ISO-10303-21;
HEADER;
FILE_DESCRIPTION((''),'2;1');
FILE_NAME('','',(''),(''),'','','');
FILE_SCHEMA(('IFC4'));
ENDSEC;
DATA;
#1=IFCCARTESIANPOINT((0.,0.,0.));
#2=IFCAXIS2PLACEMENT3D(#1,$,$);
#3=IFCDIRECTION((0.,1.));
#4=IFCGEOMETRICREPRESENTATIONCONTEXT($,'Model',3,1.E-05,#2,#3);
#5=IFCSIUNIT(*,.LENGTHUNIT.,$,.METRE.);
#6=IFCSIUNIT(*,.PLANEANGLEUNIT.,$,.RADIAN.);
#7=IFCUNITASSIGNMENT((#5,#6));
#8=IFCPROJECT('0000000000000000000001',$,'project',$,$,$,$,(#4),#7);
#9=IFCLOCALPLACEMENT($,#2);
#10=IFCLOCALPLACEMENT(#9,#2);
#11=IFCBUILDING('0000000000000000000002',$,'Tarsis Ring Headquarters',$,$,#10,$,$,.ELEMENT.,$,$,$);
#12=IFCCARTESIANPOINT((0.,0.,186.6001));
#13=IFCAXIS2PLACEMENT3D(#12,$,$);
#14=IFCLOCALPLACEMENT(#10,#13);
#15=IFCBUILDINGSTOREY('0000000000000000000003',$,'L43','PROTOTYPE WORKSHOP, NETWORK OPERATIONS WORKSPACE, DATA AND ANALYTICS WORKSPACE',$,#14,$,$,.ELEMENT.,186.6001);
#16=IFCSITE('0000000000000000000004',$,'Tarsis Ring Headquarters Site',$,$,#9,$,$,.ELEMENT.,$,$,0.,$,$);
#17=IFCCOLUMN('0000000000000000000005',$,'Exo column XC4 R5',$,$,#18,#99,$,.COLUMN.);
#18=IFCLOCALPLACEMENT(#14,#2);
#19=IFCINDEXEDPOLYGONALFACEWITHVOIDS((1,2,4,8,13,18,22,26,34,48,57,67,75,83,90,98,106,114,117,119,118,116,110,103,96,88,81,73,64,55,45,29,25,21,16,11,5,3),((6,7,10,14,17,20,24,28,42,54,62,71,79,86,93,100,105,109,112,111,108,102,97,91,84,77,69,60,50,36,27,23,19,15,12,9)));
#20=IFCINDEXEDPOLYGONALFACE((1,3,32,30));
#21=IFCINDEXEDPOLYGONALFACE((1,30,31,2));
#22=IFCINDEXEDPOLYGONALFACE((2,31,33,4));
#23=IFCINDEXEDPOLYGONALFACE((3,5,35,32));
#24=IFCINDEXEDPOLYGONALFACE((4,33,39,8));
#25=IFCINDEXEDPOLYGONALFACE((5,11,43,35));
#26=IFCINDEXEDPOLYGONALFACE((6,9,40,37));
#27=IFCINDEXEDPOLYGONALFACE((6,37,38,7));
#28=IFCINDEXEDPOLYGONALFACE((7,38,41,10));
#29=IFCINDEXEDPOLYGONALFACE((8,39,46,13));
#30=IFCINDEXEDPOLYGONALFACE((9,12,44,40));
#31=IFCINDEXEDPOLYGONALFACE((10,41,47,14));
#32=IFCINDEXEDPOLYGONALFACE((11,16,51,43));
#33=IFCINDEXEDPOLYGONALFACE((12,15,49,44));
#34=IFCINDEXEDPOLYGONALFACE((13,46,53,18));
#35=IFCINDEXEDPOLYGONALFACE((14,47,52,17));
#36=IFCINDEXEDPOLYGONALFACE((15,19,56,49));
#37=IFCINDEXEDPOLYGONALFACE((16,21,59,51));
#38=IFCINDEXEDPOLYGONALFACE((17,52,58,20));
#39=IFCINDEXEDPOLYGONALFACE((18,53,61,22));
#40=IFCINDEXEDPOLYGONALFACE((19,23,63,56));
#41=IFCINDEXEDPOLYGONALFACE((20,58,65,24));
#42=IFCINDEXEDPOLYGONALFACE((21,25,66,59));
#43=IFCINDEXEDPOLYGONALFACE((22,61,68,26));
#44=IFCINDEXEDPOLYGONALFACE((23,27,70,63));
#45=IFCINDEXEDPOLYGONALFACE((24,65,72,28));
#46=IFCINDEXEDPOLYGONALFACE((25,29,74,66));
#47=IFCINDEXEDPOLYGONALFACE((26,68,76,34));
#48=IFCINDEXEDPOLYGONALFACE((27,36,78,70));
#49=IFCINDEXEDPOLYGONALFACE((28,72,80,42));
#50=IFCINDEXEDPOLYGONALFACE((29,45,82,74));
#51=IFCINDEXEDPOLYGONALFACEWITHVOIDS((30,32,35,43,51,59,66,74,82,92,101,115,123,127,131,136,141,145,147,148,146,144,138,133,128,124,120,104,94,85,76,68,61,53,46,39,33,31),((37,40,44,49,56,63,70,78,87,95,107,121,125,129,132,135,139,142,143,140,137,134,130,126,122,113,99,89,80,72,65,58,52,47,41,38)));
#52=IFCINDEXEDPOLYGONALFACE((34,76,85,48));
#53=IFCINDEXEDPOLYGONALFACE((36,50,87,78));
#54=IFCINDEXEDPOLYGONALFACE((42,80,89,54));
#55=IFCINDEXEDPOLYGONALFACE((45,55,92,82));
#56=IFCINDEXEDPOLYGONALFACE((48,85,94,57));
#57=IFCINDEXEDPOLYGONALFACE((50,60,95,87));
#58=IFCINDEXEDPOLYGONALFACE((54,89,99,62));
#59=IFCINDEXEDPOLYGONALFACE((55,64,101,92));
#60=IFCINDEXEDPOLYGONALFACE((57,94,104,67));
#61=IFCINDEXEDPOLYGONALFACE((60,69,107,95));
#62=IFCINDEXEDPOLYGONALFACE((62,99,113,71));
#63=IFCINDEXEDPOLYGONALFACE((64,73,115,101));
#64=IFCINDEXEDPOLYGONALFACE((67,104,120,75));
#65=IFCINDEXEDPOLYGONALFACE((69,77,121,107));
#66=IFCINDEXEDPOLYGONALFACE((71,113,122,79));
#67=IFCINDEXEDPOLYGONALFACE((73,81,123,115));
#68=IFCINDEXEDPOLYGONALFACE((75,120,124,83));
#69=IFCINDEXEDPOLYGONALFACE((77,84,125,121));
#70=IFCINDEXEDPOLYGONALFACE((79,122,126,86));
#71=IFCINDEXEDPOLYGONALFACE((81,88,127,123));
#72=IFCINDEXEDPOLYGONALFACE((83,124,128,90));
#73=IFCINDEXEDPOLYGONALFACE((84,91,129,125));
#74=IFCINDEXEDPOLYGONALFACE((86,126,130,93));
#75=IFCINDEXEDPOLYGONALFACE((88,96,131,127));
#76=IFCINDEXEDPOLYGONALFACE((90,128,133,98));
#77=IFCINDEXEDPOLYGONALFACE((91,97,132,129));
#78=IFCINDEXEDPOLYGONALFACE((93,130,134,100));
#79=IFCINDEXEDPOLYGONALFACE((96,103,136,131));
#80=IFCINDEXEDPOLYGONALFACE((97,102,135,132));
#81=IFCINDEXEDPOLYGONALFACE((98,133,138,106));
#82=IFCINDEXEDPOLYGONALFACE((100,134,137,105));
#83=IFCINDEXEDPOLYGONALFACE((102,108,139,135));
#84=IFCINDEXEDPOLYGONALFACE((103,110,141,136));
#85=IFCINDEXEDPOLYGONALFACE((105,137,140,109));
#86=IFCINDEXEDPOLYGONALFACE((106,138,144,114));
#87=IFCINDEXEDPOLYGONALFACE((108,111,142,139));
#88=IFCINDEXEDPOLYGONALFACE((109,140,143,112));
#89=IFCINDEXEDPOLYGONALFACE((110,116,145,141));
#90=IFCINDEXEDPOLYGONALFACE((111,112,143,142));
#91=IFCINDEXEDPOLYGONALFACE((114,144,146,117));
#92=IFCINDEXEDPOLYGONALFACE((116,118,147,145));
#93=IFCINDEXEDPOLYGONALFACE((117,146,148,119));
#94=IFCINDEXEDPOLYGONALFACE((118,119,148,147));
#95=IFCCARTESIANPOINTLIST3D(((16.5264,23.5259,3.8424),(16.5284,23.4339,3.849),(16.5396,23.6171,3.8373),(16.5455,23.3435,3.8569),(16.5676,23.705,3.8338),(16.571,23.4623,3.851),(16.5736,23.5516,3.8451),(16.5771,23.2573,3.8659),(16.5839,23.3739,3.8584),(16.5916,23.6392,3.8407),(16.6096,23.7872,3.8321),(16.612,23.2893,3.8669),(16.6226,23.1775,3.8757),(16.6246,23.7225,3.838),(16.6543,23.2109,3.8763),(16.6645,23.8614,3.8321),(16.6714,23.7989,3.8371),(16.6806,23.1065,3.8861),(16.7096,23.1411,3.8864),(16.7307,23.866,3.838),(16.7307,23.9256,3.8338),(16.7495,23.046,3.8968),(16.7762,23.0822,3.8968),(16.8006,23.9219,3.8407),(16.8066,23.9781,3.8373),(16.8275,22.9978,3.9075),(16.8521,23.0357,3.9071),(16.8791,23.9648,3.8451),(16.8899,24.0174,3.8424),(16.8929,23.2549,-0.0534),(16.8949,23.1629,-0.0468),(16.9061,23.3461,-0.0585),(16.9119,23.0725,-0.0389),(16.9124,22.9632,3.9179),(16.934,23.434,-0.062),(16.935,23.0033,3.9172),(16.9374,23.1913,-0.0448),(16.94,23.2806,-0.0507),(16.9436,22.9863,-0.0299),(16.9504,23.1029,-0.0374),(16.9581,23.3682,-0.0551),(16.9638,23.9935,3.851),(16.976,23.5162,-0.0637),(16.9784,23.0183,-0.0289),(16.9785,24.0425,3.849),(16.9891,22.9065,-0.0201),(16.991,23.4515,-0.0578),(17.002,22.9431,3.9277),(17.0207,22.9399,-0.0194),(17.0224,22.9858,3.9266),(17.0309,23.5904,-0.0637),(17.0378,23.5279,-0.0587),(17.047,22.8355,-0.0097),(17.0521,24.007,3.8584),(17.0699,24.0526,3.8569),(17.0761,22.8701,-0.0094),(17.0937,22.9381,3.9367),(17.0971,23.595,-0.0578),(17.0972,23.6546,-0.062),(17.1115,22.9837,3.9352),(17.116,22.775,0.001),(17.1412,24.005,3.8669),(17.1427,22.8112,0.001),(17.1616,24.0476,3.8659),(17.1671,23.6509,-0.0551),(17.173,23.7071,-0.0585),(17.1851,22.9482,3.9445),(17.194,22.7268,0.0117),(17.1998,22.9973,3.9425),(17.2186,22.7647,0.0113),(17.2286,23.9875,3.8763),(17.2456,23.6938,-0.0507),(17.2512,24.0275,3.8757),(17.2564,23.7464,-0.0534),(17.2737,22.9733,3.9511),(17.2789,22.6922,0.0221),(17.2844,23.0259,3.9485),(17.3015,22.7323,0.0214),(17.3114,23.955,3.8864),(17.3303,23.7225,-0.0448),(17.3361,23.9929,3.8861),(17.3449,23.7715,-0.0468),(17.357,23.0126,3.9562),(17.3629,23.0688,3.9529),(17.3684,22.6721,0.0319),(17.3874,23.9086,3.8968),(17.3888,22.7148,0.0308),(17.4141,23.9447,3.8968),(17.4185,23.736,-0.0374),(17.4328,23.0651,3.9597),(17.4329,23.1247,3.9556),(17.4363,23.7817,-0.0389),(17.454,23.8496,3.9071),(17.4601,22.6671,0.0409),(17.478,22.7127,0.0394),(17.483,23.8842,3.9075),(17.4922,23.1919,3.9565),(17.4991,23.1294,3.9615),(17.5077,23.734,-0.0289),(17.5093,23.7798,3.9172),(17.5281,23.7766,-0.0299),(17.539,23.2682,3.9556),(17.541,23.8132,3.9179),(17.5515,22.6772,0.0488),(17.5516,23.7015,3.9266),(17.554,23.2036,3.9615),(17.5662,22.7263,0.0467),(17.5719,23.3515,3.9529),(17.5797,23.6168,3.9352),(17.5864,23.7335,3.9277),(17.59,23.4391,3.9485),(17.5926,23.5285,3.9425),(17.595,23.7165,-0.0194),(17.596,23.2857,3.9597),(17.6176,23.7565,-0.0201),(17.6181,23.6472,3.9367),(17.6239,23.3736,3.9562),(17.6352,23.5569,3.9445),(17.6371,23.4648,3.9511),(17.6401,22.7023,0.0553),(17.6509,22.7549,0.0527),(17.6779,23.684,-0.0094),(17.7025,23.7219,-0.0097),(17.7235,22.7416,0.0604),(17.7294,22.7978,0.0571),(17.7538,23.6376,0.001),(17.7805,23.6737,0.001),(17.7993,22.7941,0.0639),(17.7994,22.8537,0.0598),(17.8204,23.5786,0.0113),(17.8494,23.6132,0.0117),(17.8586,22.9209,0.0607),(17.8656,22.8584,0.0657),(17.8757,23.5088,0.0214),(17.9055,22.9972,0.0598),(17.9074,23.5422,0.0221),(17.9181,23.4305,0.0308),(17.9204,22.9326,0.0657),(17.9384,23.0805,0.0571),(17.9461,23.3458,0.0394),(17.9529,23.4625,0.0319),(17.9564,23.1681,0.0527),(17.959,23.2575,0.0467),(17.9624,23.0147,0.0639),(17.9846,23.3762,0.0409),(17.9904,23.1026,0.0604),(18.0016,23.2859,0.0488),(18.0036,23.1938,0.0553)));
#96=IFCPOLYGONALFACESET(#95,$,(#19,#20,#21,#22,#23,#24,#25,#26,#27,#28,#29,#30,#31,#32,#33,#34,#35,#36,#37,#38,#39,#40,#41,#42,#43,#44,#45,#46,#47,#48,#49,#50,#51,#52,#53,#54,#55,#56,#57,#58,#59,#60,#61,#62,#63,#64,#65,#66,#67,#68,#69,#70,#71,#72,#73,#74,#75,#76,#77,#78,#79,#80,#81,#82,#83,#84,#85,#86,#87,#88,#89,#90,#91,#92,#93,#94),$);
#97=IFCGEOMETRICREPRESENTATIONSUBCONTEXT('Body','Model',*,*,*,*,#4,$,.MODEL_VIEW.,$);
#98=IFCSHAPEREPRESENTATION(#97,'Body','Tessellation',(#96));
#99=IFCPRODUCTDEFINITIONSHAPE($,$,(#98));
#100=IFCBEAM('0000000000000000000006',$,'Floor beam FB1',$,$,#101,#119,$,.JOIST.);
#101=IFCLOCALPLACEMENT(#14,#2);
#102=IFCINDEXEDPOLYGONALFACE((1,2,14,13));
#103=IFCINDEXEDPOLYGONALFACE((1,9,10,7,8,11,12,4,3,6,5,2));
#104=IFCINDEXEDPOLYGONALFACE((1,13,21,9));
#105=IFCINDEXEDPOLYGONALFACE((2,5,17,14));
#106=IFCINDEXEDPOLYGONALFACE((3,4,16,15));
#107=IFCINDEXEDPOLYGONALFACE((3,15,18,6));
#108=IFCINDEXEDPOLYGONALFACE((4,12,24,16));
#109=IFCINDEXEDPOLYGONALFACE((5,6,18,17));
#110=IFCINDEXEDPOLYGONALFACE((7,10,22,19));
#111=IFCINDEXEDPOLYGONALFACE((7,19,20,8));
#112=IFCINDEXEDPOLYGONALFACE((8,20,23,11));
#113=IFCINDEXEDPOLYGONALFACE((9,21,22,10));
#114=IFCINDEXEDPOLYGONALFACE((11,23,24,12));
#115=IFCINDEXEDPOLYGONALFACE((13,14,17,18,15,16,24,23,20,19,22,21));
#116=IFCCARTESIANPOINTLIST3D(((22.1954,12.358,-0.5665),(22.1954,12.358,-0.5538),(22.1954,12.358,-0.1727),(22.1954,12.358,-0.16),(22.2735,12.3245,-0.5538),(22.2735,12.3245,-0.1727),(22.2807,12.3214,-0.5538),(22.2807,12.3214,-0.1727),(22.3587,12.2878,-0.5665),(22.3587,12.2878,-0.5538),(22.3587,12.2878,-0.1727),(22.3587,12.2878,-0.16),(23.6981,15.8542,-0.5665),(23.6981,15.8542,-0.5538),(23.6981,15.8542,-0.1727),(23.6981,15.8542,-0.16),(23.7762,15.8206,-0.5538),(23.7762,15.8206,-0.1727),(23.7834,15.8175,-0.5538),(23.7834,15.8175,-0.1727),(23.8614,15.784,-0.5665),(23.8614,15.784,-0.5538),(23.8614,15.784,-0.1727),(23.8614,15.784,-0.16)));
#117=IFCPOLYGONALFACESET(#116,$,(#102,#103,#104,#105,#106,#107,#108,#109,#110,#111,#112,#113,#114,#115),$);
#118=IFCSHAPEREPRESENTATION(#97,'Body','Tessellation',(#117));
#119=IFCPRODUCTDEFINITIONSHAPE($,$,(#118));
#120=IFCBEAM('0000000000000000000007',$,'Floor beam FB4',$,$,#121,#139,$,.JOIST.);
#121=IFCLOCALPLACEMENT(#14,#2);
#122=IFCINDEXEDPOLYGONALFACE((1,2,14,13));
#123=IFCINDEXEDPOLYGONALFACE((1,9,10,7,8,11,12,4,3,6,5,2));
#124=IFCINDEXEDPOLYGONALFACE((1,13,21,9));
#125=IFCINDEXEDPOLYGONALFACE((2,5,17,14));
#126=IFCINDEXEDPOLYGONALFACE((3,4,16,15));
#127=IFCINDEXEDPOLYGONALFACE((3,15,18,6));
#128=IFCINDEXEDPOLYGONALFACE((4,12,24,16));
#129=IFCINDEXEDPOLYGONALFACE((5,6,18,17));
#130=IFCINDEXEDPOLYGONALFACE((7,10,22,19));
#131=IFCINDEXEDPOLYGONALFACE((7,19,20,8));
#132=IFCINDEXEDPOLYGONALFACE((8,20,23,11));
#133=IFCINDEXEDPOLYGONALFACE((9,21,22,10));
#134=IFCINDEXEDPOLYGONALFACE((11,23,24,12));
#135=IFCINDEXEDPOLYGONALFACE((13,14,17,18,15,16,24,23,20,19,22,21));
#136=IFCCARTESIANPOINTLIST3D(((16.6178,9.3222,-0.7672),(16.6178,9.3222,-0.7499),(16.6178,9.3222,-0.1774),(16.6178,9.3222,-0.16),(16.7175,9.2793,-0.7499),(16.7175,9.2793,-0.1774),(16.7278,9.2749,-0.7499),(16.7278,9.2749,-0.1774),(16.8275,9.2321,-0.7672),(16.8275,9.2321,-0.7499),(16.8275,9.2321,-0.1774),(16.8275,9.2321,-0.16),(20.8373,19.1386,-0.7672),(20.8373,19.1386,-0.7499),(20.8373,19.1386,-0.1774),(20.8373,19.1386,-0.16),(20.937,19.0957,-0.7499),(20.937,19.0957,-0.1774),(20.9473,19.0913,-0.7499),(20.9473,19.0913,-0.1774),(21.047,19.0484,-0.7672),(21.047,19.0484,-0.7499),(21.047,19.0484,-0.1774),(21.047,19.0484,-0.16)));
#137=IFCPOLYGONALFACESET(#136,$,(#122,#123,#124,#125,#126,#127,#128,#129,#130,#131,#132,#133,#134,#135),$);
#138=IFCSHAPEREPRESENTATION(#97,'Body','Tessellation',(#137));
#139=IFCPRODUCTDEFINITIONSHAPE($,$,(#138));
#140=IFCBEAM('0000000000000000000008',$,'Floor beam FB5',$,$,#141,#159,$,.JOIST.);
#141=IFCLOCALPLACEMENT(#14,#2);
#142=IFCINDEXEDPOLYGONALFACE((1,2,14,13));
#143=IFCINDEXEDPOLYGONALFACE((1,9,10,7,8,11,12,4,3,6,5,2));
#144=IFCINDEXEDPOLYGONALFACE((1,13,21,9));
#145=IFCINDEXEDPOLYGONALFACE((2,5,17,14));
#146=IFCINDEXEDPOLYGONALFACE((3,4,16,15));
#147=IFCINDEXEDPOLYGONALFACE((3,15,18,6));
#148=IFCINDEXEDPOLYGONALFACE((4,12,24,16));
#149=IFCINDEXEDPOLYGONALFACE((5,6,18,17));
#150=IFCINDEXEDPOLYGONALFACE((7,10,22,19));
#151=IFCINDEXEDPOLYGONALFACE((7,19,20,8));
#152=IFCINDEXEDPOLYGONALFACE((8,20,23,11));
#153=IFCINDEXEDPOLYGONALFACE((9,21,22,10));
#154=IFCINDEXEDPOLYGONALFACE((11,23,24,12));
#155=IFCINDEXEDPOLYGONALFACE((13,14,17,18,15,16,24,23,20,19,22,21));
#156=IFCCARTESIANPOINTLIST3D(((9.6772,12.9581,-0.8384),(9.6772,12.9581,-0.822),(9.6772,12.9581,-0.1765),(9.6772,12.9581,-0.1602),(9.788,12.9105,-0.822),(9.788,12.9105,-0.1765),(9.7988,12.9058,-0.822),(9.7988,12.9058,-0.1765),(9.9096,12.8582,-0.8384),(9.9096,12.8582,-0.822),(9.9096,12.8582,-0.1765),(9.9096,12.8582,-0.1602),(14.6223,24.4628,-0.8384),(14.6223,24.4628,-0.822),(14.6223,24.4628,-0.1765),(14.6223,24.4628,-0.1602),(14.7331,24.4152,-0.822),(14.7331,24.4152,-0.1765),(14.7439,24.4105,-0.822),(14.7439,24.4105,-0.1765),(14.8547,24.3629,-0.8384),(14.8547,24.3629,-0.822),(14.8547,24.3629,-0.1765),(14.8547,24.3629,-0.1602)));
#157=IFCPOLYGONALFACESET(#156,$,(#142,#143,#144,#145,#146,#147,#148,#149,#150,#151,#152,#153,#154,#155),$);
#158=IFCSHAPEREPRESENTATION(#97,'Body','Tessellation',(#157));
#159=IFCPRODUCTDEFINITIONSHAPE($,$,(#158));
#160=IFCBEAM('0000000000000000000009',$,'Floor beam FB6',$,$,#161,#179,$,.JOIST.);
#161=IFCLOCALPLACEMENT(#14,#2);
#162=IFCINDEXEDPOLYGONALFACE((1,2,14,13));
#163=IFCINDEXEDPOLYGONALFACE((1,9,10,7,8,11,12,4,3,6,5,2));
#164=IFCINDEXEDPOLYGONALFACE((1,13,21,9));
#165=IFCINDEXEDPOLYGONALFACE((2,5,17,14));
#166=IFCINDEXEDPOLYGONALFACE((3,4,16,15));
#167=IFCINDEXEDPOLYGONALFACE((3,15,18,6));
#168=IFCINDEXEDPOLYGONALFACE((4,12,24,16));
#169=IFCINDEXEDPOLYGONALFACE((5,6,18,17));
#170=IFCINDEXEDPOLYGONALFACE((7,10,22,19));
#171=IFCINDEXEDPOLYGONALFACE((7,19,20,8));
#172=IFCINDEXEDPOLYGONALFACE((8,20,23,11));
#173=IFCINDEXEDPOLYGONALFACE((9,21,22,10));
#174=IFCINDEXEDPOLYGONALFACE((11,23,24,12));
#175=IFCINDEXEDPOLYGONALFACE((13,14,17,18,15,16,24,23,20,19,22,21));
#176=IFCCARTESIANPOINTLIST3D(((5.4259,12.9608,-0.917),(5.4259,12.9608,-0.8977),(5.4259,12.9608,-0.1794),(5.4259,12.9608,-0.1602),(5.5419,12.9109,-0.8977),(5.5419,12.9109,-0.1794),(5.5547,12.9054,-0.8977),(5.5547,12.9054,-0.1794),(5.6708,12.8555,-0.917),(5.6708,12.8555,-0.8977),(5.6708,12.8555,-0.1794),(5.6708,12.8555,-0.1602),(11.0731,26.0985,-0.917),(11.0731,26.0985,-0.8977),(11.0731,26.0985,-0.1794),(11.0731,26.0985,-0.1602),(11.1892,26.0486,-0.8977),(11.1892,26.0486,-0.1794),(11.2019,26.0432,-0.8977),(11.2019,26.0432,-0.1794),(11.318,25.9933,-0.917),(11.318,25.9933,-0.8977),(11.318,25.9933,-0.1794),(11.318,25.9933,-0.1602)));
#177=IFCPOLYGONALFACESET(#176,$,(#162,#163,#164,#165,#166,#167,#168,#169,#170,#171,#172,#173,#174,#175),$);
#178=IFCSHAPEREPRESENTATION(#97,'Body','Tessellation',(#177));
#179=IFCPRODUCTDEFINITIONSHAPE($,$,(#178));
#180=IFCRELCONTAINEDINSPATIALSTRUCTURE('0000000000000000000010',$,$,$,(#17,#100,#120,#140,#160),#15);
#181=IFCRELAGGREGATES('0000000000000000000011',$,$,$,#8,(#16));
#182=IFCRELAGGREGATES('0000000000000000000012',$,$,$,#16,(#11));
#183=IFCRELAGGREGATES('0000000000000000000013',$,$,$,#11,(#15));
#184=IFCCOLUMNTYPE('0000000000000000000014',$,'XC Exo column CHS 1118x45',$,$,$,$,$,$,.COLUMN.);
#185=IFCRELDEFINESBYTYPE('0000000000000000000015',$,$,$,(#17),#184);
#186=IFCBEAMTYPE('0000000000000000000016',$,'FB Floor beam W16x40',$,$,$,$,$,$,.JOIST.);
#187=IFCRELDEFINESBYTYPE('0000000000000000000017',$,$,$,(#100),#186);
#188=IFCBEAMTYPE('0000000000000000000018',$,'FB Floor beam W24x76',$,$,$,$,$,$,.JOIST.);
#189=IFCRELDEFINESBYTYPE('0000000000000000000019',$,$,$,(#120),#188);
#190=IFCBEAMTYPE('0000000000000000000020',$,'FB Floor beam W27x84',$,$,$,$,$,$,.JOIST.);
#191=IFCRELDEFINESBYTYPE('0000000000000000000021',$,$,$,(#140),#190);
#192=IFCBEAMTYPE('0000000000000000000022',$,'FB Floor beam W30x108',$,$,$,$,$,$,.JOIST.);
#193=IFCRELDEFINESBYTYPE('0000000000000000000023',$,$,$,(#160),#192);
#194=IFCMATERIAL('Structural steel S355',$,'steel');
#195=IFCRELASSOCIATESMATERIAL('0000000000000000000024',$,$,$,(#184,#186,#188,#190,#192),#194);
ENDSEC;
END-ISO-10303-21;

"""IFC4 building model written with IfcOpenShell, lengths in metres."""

from ifc_helpers import new_model, si_unit, direction, frame, origin, origin_2d, place, context, subcontext, project, spatial, hollow_circle, i_section, extrude, material, material_profile, profile_set, type_object, element, save


model = new_model("IFC4")

# Units and contexts
model_context = context("Model", 3, precision=1e-05, world=origin(), true_north=direction((0.0, 1.0)))
body_context = subcontext(model_context, "Body", "Model", "MODEL_VIEW")
ifc_project = project(units=[si_unit("LENGTHUNIT", "METRE"), si_unit("PLANEANGLEUNIT", "RADIAN")], contexts=[model_context])

# Site, building, storey
site_placement = place(None, origin())
site = spatial("IfcSite", under=ifc_project, at=site_placement, Name="Tarsis Ring Headquarters Site", CompositionType="ELEMENT", RefElevation=0.0)
building_placement = place(site_placement, origin())
building = spatial("IfcBuilding", under=site, at=building_placement, Name="Tarsis Ring Headquarters", CompositionType="ELEMENT")
storey_placement = place(building_placement, frame((0.0, 0.0, 186.6001)))
storey = spatial("IfcBuildingStorey", under=building, at=storey_placement, Name="L43", Description="PROTOTYPE WORKSHOP, NETWORK OPERATIONS WORKSPACE, DATA AND ANALYTICS WORKSPACE", CompositionType="ELEMENT", Elevation=186.6001)

# Column
ifc_material_1 = material(Name="Structural steel S355", Category="steel")
ifc_material_profile_1 = material_profile(ifc_material_1, hollow_circle(Radius=0.5588, WallThickness=0.0449, at=origin_2d()), Name="CHS 1118x45")
ifc_profile_set_1 = profile_set([ifc_material_profile_1], Name="Structural steel S355")
column_type = type_object("IfcColumnType", Name="XC Exo column CHS 1118x45", PredefinedType="COLUMN", material=ifc_profile_set_1)
column_placement = place(storey_placement, frame((17.4482, 23.2244, 0.001), z_axis=(-0.093428, 0.069091, 0.993226), x_axis=(-0.594587, -0.804031, 0.0)))
element("IfcColumn", 1, at=column_placement, inside=storey, type_object=column_type, Name="Exo column XC4 R5", PredefinedType="COLUMN", context=body_context, shape_type="SweptSolid", body=[
    extrude(hollow_circle(Radius=0.5588, WallThickness=0.0449, at=origin_2d()), origin(), (0.0, 0.0, 1.0), 3.9224),
])

# Beams
ifc_material_profile_2 = material_profile(ifc_material_1, i_section(OverallWidth=0.1777, OverallDepth=0.4065, WebThickness=0.0078, FlangeThickness=0.0127, at=origin_2d()), Name="W16x40")
ifc_profile_set_2 = profile_set([ifc_material_profile_2], Name="Structural steel S355")
beam_type_1 = type_object("IfcBeamType", Name="FB Floor beam W16x40", PredefinedType="JOIST", material=ifc_profile_set_2)
beam_1_placement = place(storey_placement, frame((23.7798, 15.8191, -0.3633), z_axis=(-0.394887, -0.91873, 0.0), x_axis=(0.91873, -0.394887, 0.0)))
element("IfcBeam", 2, at=beam_1_placement, inside=storey, type_object=beam_type_1, Name="Floor beam FB1", PredefinedType="JOIST", context=body_context, shape_type="SweptSolid", body=[
    extrude(i_section(OverallWidth=0.1777, OverallDepth=0.4065, WebThickness=0.0078, FlangeThickness=0.0127, at=origin_2d()), origin(), (0.0, 0.0, 1.0), 3.8054),
])
ifc_material_profile_3 = material_profile(ifc_material_1, i_section(OverallWidth=0.2283, OverallDepth=0.6072, WebThickness=0.0112, FlangeThickness=0.0173, at=origin_2d()), Name="W24x76")
ifc_profile_set_3 = profile_set([ifc_material_profile_3], Name="Structural steel S355")
beam_type_2 = type_object("IfcBeamType", Name="FB Floor beam W24x76", PredefinedType="JOIST", material=ifc_profile_set_3)
beam_2_placement = place(storey_placement, frame((20.9421, 19.0935, -0.4636), z_axis=(-0.394904, -0.918723, 0.0), x_axis=(0.918723, -0.394904, 0.0)))
element("IfcBeam", 3, at=beam_2_placement, inside=storey, type_object=beam_type_2, Name="Floor beam FB4", PredefinedType="JOIST", context=body_context, shape_type="SweptSolid", body=[
    extrude(i_section(OverallWidth=0.2283, OverallDepth=0.6072, WebThickness=0.0112, FlangeThickness=0.0173, at=origin_2d()), origin(), (0.0, 0.0, 1.0), 10.6848),
])
ifc_material_profile_4 = material_profile(ifc_material_1, i_section(OverallWidth=0.2529, OverallDepth=0.6782, WebThickness=0.0117, FlangeThickness=0.0164, at=origin_2d()), Name="W27x84")
ifc_profile_set_4 = profile_set([ifc_material_profile_4], Name="Structural steel S355")
beam_type_3 = type_object("IfcBeamType", Name="FB Floor beam W27x84", PredefinedType="JOIST", material=ifc_profile_set_4)
beam_3_placement = place(storey_placement, frame((14.7385, 24.4128, -0.4993), z_axis=(-0.394898, -0.918725, 0.0), x_axis=(0.918725, -0.394898, 0.0)))
element("IfcBeam", 4, at=beam_3_placement, inside=storey, type_object=beam_type_3, Name="Floor beam FB5", PredefinedType="JOIST", context=body_context, shape_type="SweptSolid", body=[
    extrude(i_section(OverallWidth=0.2529, OverallDepth=0.6782, WebThickness=0.0117, FlangeThickness=0.0164, at=origin_2d()), origin(), (0.0, 0.0, 1.0), 12.5225),
])
ifc_material_profile_5 = material_profile(ifc_material_1, i_section(OverallWidth=0.2666, OverallDepth=0.7568, WebThickness=0.0139, FlangeThickness=0.0193, at=origin_2d()), Name="W30x108")
ifc_profile_set_5 = profile_set([ifc_material_profile_5], Name="Structural steel S355")
beam_type_4 = type_object("IfcBeamType", Name="FB Floor beam W30x108", PredefinedType="JOIST", material=ifc_profile_set_5)
beam_4_placement = place(storey_placement, frame((11.1956, 26.0459, -0.5386), z_axis=(-0.39491, -0.91872, 0.0), x_axis=(0.91872, -0.39491, 0.0)))
element("IfcBeam", 5, at=beam_4_placement, inside=storey, type_object=beam_type_4, Name="Floor beam FB6", PredefinedType="JOIST", context=body_context, shape_type="SweptSolid", body=[
    extrude(i_section(OverallWidth=0.2666, OverallDepth=0.7568, WebThickness=0.0139, FlangeThickness=0.0193, at=origin_2d()), origin(), (0.0, 0.0, 1.0), 14.3),
])

save(model, "model.ifc")
